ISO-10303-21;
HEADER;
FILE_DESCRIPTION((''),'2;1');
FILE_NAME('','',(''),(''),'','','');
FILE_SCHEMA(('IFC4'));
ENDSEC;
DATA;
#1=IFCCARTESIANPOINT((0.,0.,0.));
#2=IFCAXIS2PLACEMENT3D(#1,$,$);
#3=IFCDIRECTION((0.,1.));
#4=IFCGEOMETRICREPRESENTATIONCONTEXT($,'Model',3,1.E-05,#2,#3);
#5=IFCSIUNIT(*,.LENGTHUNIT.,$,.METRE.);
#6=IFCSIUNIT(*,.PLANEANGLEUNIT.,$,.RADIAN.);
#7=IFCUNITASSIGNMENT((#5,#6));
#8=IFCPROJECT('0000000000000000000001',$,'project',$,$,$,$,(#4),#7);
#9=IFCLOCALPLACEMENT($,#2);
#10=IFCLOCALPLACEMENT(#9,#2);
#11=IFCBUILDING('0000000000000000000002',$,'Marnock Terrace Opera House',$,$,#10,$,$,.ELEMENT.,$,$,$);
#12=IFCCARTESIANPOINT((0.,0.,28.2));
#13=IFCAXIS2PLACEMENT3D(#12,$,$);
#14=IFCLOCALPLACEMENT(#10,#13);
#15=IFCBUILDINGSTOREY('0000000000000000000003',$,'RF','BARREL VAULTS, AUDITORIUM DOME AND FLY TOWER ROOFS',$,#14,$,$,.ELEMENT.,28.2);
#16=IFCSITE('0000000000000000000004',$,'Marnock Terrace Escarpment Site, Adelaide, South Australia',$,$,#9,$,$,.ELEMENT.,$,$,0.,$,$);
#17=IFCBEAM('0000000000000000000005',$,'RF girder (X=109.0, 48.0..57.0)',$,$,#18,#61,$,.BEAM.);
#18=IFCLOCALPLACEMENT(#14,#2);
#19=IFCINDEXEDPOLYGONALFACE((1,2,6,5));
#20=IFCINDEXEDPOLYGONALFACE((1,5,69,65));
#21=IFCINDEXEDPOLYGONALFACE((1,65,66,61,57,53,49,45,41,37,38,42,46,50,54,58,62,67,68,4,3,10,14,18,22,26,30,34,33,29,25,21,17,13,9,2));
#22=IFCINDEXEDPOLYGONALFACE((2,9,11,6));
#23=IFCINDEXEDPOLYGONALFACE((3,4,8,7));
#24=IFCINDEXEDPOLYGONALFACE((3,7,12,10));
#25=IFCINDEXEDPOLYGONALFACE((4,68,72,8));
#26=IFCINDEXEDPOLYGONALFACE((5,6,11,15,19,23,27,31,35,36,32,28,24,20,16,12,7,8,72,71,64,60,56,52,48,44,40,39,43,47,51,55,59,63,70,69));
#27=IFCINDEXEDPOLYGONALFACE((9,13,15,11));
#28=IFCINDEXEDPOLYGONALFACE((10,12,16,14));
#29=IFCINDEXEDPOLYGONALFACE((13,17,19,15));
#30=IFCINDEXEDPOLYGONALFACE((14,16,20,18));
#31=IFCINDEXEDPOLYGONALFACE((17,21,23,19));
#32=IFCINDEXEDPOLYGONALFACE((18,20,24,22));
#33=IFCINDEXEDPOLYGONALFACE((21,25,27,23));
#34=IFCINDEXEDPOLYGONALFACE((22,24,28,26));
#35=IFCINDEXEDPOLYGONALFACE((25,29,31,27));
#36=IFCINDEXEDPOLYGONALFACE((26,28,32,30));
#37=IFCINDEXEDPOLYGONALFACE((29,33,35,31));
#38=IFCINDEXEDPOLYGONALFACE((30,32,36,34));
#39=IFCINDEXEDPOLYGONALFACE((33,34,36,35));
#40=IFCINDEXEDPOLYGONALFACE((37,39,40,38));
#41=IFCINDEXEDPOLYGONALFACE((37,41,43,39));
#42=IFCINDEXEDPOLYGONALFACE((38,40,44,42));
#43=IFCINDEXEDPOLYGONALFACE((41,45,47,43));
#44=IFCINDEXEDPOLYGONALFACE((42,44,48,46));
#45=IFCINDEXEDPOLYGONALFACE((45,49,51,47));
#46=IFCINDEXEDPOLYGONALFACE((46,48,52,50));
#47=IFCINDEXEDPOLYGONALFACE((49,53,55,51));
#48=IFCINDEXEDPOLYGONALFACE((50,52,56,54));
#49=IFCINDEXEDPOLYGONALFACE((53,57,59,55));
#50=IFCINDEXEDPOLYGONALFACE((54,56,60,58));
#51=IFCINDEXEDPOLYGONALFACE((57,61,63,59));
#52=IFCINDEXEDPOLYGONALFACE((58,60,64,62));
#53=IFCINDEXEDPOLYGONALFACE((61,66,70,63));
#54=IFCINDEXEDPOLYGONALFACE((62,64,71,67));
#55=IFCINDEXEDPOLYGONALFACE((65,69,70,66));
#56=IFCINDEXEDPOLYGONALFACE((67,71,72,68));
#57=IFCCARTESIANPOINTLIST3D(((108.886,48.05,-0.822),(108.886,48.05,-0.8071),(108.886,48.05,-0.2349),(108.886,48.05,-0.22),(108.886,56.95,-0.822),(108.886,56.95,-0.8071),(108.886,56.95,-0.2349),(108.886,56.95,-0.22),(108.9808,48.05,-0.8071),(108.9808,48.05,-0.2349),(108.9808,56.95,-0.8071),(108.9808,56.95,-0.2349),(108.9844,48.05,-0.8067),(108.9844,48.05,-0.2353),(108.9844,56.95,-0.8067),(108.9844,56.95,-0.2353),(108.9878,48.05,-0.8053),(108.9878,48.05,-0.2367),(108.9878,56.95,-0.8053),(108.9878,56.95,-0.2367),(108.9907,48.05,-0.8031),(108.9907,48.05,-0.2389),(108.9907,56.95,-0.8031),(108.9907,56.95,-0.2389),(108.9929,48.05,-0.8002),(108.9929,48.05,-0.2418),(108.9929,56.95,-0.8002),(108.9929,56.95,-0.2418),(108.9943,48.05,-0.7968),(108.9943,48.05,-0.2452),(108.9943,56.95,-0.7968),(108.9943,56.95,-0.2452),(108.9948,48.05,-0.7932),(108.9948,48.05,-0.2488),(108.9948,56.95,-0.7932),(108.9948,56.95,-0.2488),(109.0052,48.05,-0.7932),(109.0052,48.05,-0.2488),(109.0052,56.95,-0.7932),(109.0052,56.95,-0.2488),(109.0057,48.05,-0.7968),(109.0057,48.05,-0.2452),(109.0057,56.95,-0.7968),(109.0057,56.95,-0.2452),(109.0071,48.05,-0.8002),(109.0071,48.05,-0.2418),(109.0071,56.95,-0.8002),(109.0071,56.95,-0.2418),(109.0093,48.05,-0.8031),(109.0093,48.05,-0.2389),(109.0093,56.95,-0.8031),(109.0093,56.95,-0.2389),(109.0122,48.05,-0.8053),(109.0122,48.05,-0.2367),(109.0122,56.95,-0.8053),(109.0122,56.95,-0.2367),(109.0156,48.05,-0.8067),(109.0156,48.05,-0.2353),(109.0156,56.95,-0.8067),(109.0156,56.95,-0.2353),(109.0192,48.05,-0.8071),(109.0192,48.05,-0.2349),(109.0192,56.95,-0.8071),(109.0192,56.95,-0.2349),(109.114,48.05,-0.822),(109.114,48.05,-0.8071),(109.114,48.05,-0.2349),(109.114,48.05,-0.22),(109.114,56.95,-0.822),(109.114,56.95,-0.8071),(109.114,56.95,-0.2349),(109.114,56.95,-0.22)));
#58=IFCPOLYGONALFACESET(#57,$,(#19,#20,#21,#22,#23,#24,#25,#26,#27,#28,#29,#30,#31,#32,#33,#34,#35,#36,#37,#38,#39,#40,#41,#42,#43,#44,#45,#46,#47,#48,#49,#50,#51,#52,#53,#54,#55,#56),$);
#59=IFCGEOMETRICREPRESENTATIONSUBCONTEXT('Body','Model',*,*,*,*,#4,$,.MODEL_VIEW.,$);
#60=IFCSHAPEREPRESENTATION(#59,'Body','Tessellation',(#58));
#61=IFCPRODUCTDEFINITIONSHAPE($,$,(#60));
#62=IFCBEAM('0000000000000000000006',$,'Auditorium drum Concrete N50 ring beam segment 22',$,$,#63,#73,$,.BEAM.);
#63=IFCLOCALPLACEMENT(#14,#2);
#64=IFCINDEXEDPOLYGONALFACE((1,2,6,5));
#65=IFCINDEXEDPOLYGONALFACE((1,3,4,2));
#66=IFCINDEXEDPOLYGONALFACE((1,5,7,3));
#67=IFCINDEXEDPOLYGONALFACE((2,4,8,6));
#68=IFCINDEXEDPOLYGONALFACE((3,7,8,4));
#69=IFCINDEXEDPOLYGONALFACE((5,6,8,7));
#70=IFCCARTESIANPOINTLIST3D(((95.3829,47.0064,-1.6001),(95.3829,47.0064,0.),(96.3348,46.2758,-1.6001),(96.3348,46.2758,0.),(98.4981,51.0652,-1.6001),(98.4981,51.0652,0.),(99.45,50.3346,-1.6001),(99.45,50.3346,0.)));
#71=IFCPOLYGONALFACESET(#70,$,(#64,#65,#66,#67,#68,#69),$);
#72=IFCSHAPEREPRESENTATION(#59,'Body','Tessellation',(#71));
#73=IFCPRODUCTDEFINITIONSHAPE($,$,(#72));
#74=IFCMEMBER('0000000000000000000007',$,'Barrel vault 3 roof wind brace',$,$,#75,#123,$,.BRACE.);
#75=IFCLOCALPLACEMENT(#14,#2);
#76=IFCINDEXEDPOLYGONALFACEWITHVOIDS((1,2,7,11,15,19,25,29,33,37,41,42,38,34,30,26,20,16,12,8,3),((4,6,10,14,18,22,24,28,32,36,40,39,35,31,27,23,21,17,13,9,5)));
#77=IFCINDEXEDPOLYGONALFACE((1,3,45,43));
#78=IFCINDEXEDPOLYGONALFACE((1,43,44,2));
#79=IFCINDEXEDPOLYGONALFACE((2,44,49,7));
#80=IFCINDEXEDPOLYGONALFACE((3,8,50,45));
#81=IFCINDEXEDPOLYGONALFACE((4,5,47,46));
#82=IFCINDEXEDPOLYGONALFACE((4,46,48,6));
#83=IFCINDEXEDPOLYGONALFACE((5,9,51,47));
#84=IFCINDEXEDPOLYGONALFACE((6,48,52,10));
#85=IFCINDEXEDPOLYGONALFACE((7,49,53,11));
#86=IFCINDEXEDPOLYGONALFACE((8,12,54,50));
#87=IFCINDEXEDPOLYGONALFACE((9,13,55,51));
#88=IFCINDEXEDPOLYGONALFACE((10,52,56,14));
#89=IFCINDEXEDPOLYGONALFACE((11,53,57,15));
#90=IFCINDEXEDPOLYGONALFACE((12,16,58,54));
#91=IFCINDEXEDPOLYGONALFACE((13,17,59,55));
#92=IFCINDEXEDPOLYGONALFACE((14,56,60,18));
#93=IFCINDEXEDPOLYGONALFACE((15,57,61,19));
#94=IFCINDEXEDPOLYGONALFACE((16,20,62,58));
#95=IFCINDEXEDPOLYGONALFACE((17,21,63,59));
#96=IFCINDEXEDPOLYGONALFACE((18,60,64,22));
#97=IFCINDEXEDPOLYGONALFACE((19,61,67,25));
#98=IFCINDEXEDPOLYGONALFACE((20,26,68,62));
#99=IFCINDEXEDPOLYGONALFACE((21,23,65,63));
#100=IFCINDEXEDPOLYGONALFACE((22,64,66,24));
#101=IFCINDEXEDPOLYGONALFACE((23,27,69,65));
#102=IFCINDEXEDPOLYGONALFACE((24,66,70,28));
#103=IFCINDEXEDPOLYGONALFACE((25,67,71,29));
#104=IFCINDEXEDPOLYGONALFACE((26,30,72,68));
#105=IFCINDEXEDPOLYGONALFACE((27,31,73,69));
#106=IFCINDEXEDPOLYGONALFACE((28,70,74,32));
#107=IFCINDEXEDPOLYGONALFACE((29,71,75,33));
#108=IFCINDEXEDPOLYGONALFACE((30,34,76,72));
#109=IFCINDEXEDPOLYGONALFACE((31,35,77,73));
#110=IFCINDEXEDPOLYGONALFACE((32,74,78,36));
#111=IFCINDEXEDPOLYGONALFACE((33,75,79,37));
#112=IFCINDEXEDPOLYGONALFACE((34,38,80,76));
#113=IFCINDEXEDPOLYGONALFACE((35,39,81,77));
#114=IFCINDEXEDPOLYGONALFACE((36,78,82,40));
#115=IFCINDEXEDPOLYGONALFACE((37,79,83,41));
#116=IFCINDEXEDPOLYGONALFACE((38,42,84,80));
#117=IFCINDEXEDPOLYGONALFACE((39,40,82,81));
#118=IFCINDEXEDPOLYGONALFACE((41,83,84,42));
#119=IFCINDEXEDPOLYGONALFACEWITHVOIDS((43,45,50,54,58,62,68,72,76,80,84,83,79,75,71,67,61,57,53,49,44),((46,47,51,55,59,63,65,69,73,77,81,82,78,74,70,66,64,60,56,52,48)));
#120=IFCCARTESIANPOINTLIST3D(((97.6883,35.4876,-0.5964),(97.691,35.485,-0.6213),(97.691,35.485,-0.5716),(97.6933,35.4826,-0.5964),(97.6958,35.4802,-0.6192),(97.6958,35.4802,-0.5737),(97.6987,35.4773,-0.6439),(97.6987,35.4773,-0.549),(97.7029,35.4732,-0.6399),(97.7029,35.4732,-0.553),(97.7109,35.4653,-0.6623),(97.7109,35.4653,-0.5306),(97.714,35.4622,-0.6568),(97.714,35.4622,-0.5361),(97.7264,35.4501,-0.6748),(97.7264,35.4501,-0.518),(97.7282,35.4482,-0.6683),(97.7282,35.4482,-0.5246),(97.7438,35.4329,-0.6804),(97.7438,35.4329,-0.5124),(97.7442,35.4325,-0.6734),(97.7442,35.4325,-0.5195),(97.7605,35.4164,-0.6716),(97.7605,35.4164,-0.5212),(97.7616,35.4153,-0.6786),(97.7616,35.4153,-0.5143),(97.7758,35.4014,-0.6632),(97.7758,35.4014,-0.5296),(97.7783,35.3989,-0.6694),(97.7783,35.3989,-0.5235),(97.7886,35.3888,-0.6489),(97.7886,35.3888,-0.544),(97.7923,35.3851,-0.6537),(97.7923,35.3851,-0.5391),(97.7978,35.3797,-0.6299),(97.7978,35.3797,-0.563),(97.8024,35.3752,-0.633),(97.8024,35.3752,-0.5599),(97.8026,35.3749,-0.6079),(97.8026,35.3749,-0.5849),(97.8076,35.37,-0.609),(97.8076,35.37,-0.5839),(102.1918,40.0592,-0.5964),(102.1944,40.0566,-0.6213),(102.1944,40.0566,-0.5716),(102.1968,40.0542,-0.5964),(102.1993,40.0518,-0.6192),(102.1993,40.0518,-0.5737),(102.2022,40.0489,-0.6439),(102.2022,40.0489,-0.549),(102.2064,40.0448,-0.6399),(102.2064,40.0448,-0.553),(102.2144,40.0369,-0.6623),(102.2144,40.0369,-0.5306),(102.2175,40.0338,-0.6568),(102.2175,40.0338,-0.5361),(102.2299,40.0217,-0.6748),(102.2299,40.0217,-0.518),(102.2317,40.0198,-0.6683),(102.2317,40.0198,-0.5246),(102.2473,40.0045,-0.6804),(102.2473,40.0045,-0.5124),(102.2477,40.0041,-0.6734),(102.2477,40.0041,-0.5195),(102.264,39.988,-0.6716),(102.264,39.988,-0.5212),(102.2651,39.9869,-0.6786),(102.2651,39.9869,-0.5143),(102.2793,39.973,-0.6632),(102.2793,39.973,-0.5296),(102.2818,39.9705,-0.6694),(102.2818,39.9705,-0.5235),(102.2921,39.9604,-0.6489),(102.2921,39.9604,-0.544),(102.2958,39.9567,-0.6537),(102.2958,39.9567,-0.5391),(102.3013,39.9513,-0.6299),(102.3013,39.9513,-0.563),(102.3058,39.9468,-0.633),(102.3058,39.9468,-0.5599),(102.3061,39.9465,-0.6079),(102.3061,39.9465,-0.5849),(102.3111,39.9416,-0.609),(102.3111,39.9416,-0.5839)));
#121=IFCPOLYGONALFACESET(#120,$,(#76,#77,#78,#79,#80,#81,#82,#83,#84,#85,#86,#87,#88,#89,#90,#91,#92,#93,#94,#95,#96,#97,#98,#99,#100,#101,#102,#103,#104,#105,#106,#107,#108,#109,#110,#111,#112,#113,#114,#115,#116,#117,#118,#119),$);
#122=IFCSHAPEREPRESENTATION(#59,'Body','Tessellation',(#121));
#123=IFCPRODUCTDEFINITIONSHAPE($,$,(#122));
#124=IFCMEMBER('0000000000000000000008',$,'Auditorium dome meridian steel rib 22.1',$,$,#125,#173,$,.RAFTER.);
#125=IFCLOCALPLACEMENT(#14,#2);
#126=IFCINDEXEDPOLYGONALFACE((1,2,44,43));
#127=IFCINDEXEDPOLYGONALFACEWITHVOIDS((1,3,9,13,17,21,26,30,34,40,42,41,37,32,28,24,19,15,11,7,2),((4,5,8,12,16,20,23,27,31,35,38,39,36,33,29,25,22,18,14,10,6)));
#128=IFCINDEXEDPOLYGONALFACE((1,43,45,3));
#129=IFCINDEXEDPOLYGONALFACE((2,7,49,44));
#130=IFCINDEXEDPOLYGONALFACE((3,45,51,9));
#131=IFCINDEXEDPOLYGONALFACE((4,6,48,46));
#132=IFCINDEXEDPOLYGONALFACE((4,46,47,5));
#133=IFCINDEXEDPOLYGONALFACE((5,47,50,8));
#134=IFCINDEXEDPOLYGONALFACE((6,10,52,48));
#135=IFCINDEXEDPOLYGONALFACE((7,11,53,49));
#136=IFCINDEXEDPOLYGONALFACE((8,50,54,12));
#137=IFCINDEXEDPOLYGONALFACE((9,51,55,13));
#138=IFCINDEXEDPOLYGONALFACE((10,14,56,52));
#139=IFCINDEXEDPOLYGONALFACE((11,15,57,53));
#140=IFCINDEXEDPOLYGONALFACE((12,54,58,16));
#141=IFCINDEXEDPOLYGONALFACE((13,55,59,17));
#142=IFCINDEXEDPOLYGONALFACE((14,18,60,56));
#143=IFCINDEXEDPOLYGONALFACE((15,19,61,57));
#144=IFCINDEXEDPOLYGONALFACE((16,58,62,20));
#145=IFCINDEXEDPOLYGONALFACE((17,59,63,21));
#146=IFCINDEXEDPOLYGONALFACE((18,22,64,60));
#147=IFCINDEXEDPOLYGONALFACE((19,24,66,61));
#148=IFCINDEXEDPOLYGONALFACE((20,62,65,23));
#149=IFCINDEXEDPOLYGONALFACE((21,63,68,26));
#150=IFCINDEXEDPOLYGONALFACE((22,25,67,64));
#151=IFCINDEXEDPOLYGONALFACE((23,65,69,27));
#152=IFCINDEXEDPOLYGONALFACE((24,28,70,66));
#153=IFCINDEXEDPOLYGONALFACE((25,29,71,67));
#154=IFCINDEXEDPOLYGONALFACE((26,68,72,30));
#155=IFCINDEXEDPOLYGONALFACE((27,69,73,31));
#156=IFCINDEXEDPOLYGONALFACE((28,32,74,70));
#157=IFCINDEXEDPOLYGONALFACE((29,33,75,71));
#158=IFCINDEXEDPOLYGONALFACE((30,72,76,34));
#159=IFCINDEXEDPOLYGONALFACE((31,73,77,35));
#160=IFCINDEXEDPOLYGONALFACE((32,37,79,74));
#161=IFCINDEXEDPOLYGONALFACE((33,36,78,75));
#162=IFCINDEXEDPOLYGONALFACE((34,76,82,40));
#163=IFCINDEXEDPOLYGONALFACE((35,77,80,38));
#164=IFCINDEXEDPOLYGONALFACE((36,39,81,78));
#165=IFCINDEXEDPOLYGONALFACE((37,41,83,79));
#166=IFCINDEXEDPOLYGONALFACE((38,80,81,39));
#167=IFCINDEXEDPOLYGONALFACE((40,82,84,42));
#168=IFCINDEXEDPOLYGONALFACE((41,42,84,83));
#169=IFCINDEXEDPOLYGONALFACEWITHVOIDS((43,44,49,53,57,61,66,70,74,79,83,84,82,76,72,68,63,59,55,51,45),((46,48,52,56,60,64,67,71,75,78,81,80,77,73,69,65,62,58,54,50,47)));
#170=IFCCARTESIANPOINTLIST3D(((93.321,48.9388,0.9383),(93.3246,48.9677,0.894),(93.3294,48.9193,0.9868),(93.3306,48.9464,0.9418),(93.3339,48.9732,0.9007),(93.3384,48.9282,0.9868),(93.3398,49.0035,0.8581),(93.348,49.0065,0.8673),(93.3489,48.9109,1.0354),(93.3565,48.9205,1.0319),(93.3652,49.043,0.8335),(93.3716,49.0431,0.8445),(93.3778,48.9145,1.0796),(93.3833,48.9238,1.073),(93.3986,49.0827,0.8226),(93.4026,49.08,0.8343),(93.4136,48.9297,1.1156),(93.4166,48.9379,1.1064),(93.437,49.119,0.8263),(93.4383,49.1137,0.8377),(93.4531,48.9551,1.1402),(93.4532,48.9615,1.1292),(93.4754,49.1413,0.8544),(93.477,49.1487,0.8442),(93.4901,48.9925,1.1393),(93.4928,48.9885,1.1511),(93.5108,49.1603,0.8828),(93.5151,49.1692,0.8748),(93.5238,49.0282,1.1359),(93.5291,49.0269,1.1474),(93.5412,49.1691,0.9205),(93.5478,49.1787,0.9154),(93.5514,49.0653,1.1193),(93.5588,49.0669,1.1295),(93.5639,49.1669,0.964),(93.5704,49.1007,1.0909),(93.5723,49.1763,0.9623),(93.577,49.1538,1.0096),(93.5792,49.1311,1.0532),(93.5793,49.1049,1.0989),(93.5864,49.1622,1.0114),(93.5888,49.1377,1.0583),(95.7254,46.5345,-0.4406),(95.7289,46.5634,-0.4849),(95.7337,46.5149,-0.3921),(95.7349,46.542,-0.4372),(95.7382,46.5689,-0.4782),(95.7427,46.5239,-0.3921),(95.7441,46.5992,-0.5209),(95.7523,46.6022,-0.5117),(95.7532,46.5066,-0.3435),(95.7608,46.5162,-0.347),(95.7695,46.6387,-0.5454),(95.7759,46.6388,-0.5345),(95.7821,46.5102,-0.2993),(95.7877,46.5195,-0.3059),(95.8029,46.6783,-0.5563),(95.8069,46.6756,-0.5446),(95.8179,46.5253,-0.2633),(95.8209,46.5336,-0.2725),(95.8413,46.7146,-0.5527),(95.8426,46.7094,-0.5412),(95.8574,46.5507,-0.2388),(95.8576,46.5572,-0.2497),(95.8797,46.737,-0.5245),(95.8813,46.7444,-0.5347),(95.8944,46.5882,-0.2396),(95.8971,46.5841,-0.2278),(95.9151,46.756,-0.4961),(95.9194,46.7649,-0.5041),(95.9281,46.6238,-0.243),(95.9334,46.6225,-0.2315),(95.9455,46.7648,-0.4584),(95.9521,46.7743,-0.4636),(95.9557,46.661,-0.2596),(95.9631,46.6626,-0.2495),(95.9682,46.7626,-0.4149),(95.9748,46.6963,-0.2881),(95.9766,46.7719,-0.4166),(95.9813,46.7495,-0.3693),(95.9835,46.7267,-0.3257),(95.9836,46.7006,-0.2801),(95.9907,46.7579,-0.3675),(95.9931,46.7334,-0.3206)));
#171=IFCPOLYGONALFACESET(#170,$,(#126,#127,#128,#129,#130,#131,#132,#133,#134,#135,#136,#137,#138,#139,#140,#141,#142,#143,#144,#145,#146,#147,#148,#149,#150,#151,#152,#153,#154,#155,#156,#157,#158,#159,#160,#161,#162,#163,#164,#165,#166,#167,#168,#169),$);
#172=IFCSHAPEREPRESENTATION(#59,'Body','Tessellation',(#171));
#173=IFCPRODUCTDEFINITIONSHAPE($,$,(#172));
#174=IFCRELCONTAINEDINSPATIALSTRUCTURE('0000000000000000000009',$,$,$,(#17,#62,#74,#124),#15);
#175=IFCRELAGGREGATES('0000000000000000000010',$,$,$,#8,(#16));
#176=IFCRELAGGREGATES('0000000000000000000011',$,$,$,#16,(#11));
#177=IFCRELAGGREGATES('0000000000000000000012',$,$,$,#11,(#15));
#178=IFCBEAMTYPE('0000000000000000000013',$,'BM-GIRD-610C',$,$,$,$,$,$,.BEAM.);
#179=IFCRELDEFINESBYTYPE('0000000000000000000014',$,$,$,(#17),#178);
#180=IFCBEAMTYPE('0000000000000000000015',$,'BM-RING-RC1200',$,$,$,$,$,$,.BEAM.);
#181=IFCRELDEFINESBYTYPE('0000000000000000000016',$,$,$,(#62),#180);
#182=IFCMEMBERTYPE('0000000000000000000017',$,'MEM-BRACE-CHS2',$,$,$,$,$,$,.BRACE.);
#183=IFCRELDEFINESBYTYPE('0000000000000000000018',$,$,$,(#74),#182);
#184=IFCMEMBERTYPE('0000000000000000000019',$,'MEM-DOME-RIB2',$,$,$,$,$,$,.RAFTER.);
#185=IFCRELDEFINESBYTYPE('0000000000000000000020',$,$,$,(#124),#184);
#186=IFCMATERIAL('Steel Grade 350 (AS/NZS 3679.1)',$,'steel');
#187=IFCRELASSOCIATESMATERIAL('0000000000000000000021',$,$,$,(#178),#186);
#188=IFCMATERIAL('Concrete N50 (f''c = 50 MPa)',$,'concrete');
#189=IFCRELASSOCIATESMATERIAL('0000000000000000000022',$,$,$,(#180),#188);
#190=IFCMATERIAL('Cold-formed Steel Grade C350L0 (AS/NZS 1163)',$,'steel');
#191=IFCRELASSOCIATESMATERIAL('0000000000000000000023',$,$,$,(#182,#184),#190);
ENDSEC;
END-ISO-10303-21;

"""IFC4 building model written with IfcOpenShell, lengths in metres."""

from ifc_helpers import new_model, si_unit, direction, frame, origin, origin_2d, place, context, subcontext, project, spatial, rectangle, hollow_circle, i_section, extrude, material, material_profile, profile_set, type_object, element, save


model = new_model("IFC4")

# Units and contexts
model_context = context("Model", 3, precision=1e-05, world=origin(), true_north=direction((0.0, 1.0)))
body_context = subcontext(model_context, "Body", "Model", "MODEL_VIEW")
ifc_project = project(units=[si_unit("LENGTHUNIT", "METRE"), si_unit("PLANEANGLEUNIT", "RADIAN")], contexts=[model_context])

# Site, building, storey
site_placement = place(None, origin())
site = spatial("IfcSite", under=ifc_project, at=site_placement, Name="Marnock Terrace Escarpment Site, Adelaide, South Australia", CompositionType="ELEMENT", RefElevation=0.0)
building_placement = place(site_placement, origin())
building = spatial("IfcBuilding", under=site, at=building_placement, Name="Marnock Terrace Opera House", CompositionType="ELEMENT")
storey_placement = place(building_placement, frame((0.0, 0.0, 28.2)))
storey = spatial("IfcBuildingStorey", under=building, at=storey_placement, Name="RF", Description="BARREL VAULTS, AUDITORIUM DOME AND FLY TOWER ROOFS", CompositionType="ELEMENT", Elevation=28.2)

# Beams
ifc_material_1 = material(Name="Steel Grade 350 (AS/NZS 3679.1)", Category="steel")
ifc_material_profile_1 = material_profile(ifc_material_1, i_section(OverallWidth=0.228, OverallDepth=0.6021, WebThickness=0.0105, FlangeThickness=0.0149, FilletRadius=0.0139, at=origin_2d()))
ifc_profile_set_1 = profile_set([ifc_material_profile_1], Name="Steel Grade 350 (AS/NZS 3679.1)")
beam_type_1 = type_object("IfcBeamType", Name="BM-GIRD-610C", PredefinedType="BEAM", material=ifc_profile_set_1)
beam_1_placement = place(storey_placement, frame((109.0, 48.05, -0.521), z_axis=(0.0, 1.0, 0.0), x_axis=(-1.0, 0.0, 0.0)))
element("IfcBeam", 1, at=beam_1_placement, inside=storey, type_object=beam_type_1, Name="RF girder (X=109.0, 48.0..57.0)", PredefinedType="BEAM", context=body_context, shape_type="SweptSolid", body=[
    extrude(i_section(OverallWidth=0.228, OverallDepth=0.6021, WebThickness=0.0105, FlangeThickness=0.0149, FilletRadius=0.0139, at=origin_2d()), origin(), (0.0, 0.0, 1.0), 8.8999),
])
ifc_material_2 = material(Name="Concrete N50 (f'c = 50 MPa)", Category="concrete")
ifc_material_profile_2 = material_profile(ifc_material_2, rectangle(XDim=1.2, YDim=1.6001, at=origin_2d()))
ifc_profile_set_2 = profile_set([ifc_material_profile_2], Name="Concrete N50 (f'c = 50 MPa)")
beam_type_2 = type_object("IfcBeamType", Name="BM-RING-RC1200", PredefinedType="BEAM", material=ifc_profile_set_2)
beam_2_placement = place(storey_placement, frame((95.8589, 46.6411, -0.8), z_axis=(0.608857, 0.79328, 0.0), x_axis=(-0.79328, 0.608857, 0.0)))
element("IfcBeam", 2, at=beam_2_placement, inside=storey, type_object=beam_type_2, Name="Auditorium drum Concrete N50 ring beam segment 22", PredefinedType="BEAM", context=body_context, shape_type="SweptSolid", body=[
    extrude(rectangle(XDim=1.2, YDim=1.6001, at=origin_2d()), origin(), (0.0, 0.0, 1.0), 5.1165),
])

# Members
ifc_material_3 = material(Name="Cold-formed Steel Grade C350L0 (AS/NZS 1163)", Category="steel")
ifc_material_profile_3 = material_profile(ifc_material_3, hollow_circle(Radius=0.0842, WallThickness=0.0071, at=origin_2d()))
ifc_profile_set_3 = profile_set([ifc_material_profile_3], Name="Cold-formed Steel Grade C350L0 (AS/NZS 1163)")
member_type_1 = type_object("IfcMemberType", Name="MEM-BRACE-CHS2", PredefinedType="BRACE", material=ifc_profile_set_3)
member_1_placement = place(storey_placement, frame((97.7483, 35.4285, -0.5964), z_axis=(0.70178, 0.712394, 0.0), x_axis=(-0.712394, 0.70178, 0.0)))
element("IfcMember", 3, at=member_1_placement, inside=storey, type_object=member_type_1, Name="Barrel vault 3 roof wind brace", PredefinedType="BRACE", context=body_context, shape_type="SweptSolid", body=[
    extrude(hollow_circle(Radius=0.0842, WallThickness=0.0071, at=origin_2d()), origin(), (0.0, 0.0, 1.0), 6.4172),
])
ifc_material_profile_4 = material_profile(ifc_material_3, hollow_circle(Radius=0.1777, WallThickness=0.0127, at=origin_2d()))
ifc_profile_set_4 = profile_set([ifc_material_profile_4], Name="Cold-formed Steel Grade C350L0 (AS/NZS 1163)")
member_type_2 = type_object("IfcMemberType", Name="MEM-DOME-RIB2", PredefinedType="RAFTER", material=ifc_profile_set_4)
member_2_placement = place(storey_placement, frame((95.8594, 46.6406, -0.3921), z_axis=(-0.655273, 0.655273, 0.375811), x_axis=(-0.707107, -0.707107, 0.0)))
element("IfcMember", 4, at=member_2_placement, inside=storey, type_object=member_type_2, Name="Auditorium dome meridian steel rib 22.1", PredefinedType="RAFTER", context=body_context, shape_type="SweptSolid", body=[
    extrude(hollow_circle(Radius=0.1777, WallThickness=0.0127, at=origin_2d()), origin(), (0.0, 0.0, 1.0), 3.6692),
])

save(model, "model.ifc")
